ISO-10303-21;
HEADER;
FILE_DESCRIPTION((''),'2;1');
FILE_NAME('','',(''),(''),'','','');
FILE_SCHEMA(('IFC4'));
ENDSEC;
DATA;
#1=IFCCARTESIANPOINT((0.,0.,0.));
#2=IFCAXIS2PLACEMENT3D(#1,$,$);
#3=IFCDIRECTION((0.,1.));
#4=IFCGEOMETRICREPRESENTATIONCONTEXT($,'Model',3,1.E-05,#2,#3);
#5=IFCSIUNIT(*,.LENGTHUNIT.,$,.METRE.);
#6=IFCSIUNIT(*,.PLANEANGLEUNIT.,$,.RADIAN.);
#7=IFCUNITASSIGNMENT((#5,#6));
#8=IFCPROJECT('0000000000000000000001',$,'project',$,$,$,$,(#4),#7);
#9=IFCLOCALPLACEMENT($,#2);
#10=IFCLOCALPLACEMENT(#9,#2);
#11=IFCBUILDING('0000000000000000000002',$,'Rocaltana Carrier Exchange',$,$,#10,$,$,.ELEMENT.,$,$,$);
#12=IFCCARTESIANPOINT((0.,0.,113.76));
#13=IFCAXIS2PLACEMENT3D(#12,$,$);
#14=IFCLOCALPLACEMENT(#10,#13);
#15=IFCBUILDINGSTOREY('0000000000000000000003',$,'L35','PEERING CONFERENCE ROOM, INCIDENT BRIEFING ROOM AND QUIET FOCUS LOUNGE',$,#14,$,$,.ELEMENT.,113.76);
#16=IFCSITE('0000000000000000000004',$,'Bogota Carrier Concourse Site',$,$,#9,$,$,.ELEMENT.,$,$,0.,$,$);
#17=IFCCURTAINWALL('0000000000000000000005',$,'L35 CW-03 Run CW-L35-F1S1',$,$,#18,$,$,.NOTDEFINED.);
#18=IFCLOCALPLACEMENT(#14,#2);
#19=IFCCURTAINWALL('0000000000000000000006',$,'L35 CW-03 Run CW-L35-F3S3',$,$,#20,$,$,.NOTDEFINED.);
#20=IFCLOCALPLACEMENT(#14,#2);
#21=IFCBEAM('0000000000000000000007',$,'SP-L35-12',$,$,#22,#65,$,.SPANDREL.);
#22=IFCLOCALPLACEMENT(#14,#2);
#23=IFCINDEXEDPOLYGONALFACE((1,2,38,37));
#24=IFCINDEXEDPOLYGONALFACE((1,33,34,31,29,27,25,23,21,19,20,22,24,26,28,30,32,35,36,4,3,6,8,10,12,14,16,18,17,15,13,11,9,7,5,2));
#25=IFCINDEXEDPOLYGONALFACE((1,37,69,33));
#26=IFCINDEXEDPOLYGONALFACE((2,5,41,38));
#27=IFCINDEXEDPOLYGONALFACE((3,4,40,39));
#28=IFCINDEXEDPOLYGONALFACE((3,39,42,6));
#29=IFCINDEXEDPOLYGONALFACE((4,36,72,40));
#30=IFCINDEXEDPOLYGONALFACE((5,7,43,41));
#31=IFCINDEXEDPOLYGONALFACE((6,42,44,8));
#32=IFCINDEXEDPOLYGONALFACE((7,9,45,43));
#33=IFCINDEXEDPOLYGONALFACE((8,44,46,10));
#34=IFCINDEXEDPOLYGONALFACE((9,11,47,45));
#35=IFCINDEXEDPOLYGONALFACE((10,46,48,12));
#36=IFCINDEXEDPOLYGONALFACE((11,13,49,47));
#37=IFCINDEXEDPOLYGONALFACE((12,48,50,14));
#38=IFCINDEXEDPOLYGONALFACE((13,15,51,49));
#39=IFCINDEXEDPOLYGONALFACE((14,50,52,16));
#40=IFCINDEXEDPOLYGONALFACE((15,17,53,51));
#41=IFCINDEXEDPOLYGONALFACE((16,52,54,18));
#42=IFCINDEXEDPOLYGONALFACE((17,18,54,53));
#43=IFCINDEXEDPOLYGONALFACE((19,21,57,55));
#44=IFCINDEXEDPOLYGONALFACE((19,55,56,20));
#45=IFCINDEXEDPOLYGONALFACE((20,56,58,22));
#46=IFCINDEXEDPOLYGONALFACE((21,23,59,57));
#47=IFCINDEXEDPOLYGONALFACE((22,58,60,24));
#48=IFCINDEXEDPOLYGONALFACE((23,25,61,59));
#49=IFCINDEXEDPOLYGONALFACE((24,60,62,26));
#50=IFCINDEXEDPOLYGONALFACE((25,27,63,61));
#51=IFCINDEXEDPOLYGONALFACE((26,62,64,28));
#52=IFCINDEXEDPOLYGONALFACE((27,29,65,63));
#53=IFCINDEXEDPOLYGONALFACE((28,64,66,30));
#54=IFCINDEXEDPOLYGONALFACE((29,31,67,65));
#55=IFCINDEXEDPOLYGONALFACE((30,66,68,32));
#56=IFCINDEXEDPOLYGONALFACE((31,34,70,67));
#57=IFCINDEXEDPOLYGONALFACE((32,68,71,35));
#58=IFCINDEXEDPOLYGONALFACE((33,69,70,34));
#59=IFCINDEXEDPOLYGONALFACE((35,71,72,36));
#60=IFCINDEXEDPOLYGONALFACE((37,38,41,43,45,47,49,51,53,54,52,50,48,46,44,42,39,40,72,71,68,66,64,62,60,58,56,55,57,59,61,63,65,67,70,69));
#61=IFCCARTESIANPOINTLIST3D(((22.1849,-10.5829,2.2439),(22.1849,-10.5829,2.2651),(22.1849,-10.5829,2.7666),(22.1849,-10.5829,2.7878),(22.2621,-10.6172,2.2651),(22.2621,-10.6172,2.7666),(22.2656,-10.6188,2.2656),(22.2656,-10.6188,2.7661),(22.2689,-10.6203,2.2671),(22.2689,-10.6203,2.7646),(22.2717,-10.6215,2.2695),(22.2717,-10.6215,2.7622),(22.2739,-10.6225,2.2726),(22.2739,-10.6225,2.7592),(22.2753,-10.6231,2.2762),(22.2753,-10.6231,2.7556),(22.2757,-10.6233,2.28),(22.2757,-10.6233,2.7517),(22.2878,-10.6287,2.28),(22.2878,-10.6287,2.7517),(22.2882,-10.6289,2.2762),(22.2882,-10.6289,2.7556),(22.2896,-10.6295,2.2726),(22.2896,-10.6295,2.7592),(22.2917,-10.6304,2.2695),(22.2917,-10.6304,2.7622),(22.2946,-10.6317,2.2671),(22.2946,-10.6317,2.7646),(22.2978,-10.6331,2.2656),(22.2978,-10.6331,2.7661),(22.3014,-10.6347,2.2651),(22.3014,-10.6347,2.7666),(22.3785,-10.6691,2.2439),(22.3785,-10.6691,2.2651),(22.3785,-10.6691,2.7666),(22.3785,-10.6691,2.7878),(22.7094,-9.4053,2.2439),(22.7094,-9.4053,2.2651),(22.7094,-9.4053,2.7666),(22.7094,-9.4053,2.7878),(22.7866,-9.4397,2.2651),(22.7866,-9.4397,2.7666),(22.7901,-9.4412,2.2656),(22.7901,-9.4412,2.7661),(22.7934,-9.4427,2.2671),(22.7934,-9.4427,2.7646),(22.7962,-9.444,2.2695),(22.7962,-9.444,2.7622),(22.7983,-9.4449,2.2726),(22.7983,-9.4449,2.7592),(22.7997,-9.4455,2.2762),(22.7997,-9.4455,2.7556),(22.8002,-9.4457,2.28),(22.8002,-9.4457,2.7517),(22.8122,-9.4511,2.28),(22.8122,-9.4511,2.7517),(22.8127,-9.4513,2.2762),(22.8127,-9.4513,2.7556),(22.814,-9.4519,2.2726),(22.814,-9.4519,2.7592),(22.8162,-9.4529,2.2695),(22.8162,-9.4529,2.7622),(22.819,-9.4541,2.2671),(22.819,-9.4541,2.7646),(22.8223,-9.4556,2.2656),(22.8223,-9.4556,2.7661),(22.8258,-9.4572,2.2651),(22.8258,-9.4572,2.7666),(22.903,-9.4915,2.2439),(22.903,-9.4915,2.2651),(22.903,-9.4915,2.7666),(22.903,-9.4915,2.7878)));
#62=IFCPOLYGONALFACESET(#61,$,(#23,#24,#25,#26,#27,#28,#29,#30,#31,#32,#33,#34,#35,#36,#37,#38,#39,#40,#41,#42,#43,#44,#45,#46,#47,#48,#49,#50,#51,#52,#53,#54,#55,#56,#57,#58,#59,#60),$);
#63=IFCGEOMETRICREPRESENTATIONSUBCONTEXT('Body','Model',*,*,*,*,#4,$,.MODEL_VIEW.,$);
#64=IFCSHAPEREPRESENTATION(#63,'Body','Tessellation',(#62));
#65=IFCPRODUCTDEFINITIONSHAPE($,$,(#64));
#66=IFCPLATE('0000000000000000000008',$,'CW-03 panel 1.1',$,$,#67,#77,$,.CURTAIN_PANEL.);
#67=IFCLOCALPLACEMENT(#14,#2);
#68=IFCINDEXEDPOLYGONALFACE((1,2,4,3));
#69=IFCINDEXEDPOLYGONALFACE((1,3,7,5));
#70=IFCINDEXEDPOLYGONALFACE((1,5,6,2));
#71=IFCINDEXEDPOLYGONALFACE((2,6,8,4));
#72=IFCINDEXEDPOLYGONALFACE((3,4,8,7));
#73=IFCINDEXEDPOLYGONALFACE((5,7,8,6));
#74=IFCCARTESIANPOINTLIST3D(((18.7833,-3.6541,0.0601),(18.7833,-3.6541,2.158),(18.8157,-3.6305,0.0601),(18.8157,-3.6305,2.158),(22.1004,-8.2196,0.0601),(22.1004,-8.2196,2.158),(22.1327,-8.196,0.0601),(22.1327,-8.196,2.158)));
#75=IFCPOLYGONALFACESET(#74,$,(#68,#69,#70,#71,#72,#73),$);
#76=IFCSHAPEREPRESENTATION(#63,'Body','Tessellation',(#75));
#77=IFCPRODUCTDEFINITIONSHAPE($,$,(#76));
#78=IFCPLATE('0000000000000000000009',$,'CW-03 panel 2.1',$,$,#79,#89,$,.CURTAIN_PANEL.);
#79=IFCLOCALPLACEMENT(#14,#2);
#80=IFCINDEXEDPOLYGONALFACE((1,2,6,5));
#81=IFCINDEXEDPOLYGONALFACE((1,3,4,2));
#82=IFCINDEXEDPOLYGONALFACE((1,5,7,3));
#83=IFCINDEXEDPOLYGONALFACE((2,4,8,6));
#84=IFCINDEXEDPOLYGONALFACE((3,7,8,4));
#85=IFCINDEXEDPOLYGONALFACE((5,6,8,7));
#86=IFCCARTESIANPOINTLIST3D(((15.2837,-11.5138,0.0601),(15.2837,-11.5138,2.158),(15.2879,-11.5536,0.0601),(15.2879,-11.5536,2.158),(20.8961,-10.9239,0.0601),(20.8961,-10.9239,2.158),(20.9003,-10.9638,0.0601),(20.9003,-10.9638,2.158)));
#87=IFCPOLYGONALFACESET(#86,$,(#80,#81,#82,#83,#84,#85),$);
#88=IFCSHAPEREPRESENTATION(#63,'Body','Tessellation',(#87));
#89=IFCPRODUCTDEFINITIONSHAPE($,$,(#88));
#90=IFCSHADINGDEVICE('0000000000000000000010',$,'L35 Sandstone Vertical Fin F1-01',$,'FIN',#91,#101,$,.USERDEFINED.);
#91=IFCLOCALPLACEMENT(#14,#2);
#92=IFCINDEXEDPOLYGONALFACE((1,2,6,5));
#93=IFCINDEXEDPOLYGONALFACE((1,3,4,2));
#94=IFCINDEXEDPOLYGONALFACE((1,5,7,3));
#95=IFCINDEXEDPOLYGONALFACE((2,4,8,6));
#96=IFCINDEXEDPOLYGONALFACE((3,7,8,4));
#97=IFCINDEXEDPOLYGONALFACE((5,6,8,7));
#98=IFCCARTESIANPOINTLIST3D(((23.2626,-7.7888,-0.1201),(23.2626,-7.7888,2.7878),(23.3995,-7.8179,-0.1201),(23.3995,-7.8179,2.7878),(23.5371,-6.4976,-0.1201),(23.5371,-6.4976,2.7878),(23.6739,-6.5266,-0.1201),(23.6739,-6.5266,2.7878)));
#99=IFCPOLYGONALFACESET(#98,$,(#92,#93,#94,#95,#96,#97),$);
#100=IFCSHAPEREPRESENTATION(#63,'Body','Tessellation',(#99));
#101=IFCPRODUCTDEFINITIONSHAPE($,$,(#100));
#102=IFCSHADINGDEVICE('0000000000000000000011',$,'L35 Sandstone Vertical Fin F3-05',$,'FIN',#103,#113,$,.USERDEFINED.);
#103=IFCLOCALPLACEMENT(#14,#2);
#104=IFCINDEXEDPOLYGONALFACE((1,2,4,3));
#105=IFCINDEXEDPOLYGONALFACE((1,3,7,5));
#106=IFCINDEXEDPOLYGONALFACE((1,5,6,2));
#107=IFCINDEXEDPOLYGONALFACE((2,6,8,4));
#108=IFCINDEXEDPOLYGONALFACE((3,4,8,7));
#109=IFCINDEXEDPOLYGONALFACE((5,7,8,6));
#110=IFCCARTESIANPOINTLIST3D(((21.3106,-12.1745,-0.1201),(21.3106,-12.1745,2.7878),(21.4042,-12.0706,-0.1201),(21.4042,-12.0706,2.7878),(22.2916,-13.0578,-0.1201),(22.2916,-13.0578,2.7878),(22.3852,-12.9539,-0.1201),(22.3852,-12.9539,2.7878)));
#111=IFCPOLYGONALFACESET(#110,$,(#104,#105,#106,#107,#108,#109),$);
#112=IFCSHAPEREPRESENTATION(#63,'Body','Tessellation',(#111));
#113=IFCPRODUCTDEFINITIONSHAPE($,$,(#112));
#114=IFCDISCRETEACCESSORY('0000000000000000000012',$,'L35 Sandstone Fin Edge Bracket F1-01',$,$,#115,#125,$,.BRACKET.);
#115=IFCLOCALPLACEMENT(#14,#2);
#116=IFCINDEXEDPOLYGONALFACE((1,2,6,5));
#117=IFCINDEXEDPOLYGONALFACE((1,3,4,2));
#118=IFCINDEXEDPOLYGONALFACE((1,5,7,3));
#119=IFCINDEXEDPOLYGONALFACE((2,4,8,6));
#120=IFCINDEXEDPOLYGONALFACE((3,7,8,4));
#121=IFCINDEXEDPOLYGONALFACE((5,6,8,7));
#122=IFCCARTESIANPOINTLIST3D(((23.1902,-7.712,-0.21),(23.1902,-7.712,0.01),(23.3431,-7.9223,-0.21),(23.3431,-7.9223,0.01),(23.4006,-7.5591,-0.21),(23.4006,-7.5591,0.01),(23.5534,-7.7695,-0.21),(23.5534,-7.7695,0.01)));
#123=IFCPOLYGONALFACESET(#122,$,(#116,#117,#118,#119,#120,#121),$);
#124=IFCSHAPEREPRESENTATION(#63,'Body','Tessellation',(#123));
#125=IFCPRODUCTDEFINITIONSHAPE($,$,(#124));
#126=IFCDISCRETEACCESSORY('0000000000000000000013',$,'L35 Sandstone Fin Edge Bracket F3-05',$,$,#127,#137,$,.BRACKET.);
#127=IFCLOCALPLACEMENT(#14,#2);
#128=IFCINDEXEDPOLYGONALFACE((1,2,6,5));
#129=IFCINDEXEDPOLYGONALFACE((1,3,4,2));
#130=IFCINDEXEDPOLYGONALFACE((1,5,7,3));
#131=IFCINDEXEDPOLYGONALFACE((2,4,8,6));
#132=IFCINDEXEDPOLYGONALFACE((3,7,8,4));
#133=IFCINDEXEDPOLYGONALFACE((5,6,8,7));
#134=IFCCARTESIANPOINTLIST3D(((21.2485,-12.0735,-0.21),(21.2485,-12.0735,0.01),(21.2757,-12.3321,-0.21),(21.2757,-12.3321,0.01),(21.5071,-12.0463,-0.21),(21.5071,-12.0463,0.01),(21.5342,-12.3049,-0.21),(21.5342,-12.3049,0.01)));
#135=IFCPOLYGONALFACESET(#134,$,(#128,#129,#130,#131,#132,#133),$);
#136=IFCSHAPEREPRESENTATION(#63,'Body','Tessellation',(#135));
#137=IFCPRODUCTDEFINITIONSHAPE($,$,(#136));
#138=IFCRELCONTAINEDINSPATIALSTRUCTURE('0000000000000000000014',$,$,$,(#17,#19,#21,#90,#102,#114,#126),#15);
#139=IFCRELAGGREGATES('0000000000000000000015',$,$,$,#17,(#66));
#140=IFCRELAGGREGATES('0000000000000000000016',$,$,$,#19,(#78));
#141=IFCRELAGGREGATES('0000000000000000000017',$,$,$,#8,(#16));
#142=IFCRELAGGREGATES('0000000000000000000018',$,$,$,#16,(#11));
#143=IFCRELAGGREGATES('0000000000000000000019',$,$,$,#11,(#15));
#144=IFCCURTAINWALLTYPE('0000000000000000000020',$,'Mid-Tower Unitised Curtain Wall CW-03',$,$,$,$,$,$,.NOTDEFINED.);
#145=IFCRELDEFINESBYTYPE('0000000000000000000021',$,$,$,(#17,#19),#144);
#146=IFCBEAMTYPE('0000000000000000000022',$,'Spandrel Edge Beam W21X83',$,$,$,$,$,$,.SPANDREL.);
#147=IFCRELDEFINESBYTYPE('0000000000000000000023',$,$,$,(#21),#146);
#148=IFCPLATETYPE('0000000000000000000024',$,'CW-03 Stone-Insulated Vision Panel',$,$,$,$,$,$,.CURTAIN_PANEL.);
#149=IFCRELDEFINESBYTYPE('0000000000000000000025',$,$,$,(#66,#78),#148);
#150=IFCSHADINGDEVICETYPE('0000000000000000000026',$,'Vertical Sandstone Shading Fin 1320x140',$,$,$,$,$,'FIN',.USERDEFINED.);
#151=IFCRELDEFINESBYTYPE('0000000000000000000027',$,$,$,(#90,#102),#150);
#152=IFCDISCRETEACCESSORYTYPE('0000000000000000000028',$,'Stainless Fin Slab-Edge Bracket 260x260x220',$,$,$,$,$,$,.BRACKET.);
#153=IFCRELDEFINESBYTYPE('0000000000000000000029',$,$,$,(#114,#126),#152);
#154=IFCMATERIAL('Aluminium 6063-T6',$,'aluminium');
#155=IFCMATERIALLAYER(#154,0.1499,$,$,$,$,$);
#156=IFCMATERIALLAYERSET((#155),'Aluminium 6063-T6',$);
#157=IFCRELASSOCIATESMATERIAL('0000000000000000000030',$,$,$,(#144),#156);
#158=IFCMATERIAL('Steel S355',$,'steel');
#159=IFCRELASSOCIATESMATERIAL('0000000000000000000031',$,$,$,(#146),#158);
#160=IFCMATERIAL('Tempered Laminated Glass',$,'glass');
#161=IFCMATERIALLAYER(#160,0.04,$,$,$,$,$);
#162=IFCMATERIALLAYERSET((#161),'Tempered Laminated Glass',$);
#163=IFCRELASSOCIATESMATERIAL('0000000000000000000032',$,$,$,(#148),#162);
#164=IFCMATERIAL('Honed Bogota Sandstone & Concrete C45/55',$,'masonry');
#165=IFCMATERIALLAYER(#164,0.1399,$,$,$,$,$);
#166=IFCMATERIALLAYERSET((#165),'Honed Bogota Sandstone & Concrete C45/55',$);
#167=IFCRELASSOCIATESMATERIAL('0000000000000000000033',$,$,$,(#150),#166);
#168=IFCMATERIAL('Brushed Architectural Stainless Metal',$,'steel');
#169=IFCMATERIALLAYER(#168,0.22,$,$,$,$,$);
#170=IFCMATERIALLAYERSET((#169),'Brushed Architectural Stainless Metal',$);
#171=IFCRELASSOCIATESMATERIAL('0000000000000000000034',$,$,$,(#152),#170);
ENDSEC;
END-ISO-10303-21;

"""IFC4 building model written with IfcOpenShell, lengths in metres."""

from ifc_helpers import new_model, si_unit, direction, frame, origin, origin_2d, place, context, subcontext, project, spatial, rectangle, i_section, extrude, material, layer, layer_set, material_profile, profile_set, type_object, element, aggregate, save


model = new_model("IFC4")

# Units and contexts
model_context = context("Model", 3, precision=1e-05, world=origin(), true_north=direction((0.0, 1.0)))
body_context = subcontext(model_context, "Body", "Model", "MODEL_VIEW")
ifc_project = project(units=[si_unit("LENGTHUNIT", "METRE"), si_unit("PLANEANGLEUNIT", "RADIAN")], contexts=[model_context])

# Site, building, storey
site_placement = place(None, origin())
site = spatial("IfcSite", under=ifc_project, at=site_placement, Name="Bogota Carrier Concourse Site", CompositionType="ELEMENT", RefElevation=0.0)
building_placement = place(site_placement, origin())
building = spatial("IfcBuilding", under=site, at=building_placement, Name="Rocaltana Carrier Exchange", CompositionType="ELEMENT")
storey_placement = place(building_placement, frame((0.0, 0.0, 113.76)))
storey = spatial("IfcBuildingStorey", under=building, at=storey_placement, Name="L35", Description="PEERING CONFERENCE ROOM, INCIDENT BRIEFING ROOM AND QUIET FOCUS LOUNGE", CompositionType="ELEMENT", Elevation=113.76)

# Curtain wall
ifc_material_1 = material(Name="Aluminium 6063-T6", Category="aluminium")
ifc_layer_1 = layer(ifc_material_1, 0.1499)
ifc_layer_set_1 = layer_set([ifc_layer_1], Name="Aluminium 6063-T6")
curtain_wall_type = type_object("IfcCurtainWallType", Name="Mid-Tower Unitised Curtain Wall CW-03", PredefinedType="NOTDEFINED", material=ifc_layer_set_1)
curtain_wall_1_placement = place(storey_placement, origin())
curtain_wall_1 = element("IfcCurtainWall", 1, at=curtain_wall_1_placement, inside=storey, type_object=curtain_wall_type, Name="L35 CW-03 Run CW-L35-F1S1", PredefinedType="NOTDEFINED")

# Curtain wall
curtain_wall_2_placement = place(storey_placement, origin())
curtain_wall_2 = element("IfcCurtainWall", 2, at=curtain_wall_2_placement, inside=storey, type_object=curtain_wall_type, Name="L35 CW-03 Run CW-L35-F3S3", PredefinedType="NOTDEFINED")

# Beam
ifc_material_2 = material(Name="Steel S355", Category="steel")
ifc_material_profile_1 = material_profile(ifc_material_2, i_section(OverallWidth=0.2119, OverallDepth=0.5439, WebThickness=0.0132, FlangeThickness=0.0212, FilletRadius=0.0149, at=origin_2d()), Name="W21X83")
ifc_profile_set_1 = profile_set([ifc_material_profile_1], Name="Steel S355")
beam_type_1 = type_object("IfcBeamType", Name="Spandrel Edge Beam W21X83", PredefinedType="SPANDREL", material=ifc_profile_set_1)
beam_1_placement = place(storey_placement, frame((22.2817, -10.626, 2.5159), z_axis=(0.406841, 0.913499, 0.0), x_axis=(-0.913499, 0.406841, 0.0)))
element("IfcBeam", 3, at=beam_1_placement, inside=storey, type_object=beam_type_1, Name="SP-L35-12", PredefinedType="SPANDREL", context=body_context, shape_type="SweptSolid", body=[
    extrude(i_section(OverallWidth=0.2119, OverallDepth=0.5439, WebThickness=0.0132, FlangeThickness=0.0212, FilletRadius=0.0149, at=origin_2d()), origin(), (0.0, 0.0, 1.0), 1.2891),
])

# Plates
ifc_material_3 = material(Name="Tempered Laminated Glass", Category="glass")
ifc_layer_2 = layer(ifc_material_3, 0.04)
ifc_layer_set_2 = layer_set([ifc_layer_2], Name="Tempered Laminated Glass")
plate_type = type_object("IfcPlateType", Name="CW-03 Stone-Insulated Vision Panel", PredefinedType="CURTAIN_PANEL", material=ifc_layer_set_2)
plate_1_placement = place(storey_placement, frame((20.458, -5.925, 0.0601), z_axis=(0.0, 0.0, 1.0), x_axis=(-0.58779, 0.809014, 0.0)))
plate_1 = element("IfcPlate", 4, at=plate_1_placement, type_object=plate_type, Name="CW-03 panel 1.1", PredefinedType="CURTAIN_PANEL", context=body_context, shape_type="SweptSolid", body=[
    extrude(rectangle(XDim=5.6433, YDim=0.04, at=origin_2d()), origin(), (0.0, 0.0, 1.0), 2.0979),
])
aggregate(curtain_wall_1, [plate_1])
plate_2_placement = place(storey_placement, frame((18.092, -11.2388, 0.0601), z_axis=(0.0, 0.0, 1.0), x_axis=(0.994523, 0.104522, 0.0)))
plate_2 = element("IfcPlate", 5, at=plate_2_placement, type_object=plate_type, Name="CW-03 panel 2.1", PredefinedType="CURTAIN_PANEL", context=body_context, shape_type="SweptSolid", body=[
    extrude(rectangle(XDim=5.6433, YDim=0.04, at=origin_2d()), origin(), (0.0, 0.0, 1.0), 2.0979),
])
aggregate(curtain_wall_2, [plate_2])

# Shading devices
ifc_material_4 = material(Name="Honed Bogota Sandstone & Concrete C45/55", Category="masonry")
ifc_layer_3 = layer(ifc_material_4, 0.1399)
ifc_layer_set_3 = layer_set([ifc_layer_3], Name="Honed Bogota Sandstone & Concrete C45/55")
shading_device_type = type_object("IfcShadingDeviceType", Name="Vertical Sandstone Shading Fin 1320x140", ElementType="FIN", PredefinedType="USERDEFINED", material=ifc_layer_set_3)
for number, where, z_axis, x_axis, name in (
    (6, (23.4683, -7.1577, -0.1201), (0.0, 0.0, 1.0), (0.207912, 0.978148, 0.0), "L35 Sandstone Vertical Fin F1-01"),
    (7, (21.8479, -12.5642, -0.1201), (0.0, 0.0, 1.0), (0.743145, -0.669131, 0.0), "L35 Sandstone Vertical Fin F3-05"),
):
    element("IfcShadingDevice", number, at=place(storey_placement, frame(where, z_axis=z_axis, x_axis=x_axis)), inside=storey, type_object=shading_device_type, Name=name, ObjectType="FIN", PredefinedType="USERDEFINED", context=body_context, shape_type="SweptSolid", body=[
        extrude(rectangle(XDim=1.3201, YDim=0.1399, at=origin_2d()), origin(), (0.0, 0.0, 1.0), 2.908),
    ])

# Discrete accessories
ifc_material_5 = material(Name="Brushed Architectural Stainless Metal", Category="steel")
ifc_layer_4 = layer(ifc_material_5, 0.22)
ifc_layer_set_4 = layer_set([ifc_layer_4], Name="Brushed Architectural Stainless Metal")
discrete_accessory_type = type_object("IfcDiscreteAccessoryType", Name="Stainless Fin Slab-Edge Bracket 260x260x220", PredefinedType="BRACKET", material=ifc_layer_set_4)
for number, where, z_axis, x_axis, name in (
    (8, (23.3718, -7.7407, -0.21), (0.0, 0.0, 1.0), (-0.587785, 0.809017, 0.0), "L35 Sandstone Fin Edge Bracket F1-01"),
    (9, (21.3914, -12.1892, -0.21), (0.0, 0.0, 1.0), (0.994522, 0.104528, 0.0), "L35 Sandstone Fin Edge Bracket F3-05"),
):
    element("IfcDiscreteAccessory", number, at=place(storey_placement, frame(where, z_axis=z_axis, x_axis=x_axis)), inside=storey, type_object=discrete_accessory_type, Name=name, PredefinedType="BRACKET", context=body_context, shape_type="SweptSolid", body=[
        extrude(rectangle(XDim=0.26, YDim=0.26, at=origin_2d()), origin(), (0.0, 0.0, 1.0), 0.22),
    ])

save(model, "model.ifc")
